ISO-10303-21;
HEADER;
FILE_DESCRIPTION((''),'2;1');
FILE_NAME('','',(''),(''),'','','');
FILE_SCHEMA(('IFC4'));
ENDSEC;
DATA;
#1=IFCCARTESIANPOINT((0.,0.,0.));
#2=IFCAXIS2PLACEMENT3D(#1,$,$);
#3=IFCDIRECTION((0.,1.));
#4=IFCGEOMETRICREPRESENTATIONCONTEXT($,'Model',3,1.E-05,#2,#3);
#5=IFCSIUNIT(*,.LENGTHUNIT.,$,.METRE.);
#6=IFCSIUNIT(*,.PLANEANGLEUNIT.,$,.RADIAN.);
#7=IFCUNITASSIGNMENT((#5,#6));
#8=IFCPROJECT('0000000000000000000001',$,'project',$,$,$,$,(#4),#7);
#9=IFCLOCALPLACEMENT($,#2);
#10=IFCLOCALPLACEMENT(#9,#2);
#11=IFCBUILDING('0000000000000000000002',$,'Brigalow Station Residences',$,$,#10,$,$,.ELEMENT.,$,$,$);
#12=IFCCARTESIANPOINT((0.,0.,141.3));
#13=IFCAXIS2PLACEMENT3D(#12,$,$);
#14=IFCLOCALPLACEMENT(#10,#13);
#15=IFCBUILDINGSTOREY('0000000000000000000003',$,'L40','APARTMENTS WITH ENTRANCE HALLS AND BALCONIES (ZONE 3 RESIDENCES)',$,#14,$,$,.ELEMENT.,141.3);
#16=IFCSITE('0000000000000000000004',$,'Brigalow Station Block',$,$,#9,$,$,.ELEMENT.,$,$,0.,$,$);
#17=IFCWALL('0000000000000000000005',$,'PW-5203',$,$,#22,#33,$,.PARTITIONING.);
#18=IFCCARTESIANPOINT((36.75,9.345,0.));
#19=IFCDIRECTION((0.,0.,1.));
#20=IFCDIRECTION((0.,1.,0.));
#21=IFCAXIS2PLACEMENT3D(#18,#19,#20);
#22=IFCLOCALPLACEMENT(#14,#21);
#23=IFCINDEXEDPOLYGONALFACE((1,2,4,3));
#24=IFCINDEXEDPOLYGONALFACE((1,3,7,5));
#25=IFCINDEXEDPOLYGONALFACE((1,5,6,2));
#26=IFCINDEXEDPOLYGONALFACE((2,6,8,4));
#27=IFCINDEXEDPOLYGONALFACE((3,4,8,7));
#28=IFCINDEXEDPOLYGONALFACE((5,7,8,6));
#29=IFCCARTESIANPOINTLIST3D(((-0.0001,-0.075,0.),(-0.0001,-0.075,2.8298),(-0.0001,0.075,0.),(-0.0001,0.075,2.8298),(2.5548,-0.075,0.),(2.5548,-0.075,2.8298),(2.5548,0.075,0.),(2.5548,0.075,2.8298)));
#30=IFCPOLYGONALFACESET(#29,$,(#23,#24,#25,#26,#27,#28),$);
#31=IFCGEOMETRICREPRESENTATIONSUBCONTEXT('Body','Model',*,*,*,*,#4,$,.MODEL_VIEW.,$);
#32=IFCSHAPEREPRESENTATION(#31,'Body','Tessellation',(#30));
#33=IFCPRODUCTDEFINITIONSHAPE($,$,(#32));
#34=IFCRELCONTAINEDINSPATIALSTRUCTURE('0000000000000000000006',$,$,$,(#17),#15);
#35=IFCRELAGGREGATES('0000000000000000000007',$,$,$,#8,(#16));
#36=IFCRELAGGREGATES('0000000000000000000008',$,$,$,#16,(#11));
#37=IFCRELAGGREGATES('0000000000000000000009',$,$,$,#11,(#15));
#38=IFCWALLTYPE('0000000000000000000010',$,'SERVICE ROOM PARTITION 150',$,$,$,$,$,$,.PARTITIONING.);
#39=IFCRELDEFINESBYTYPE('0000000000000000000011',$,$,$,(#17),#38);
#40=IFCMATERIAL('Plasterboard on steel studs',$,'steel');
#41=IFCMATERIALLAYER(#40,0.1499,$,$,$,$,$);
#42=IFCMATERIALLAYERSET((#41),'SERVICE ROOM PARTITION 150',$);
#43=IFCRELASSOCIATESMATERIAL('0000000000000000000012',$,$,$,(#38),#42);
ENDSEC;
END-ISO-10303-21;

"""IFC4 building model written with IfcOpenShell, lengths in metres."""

from ifc_helpers import new_model, si_unit, direction, frame, frame_2d, origin, place, context, subcontext, project, spatial, rectangle, extrude, material, layer, layer_set, type_object, element, save


model = new_model("IFC4")

# Units and contexts
model_context = context("Model", 3, precision=1e-05, world=origin(), true_north=direction((0.0, 1.0)))
body_context = subcontext(model_context, "Body", "Model", "MODEL_VIEW")
ifc_project = project(units=[si_unit("LENGTHUNIT", "METRE"), si_unit("PLANEANGLEUNIT", "RADIAN")], contexts=[model_context])

# Site, building, storey
site_placement = place(None, origin())
site = spatial("IfcSite", under=ifc_project, at=site_placement, Name="Brigalow Station Block", CompositionType="ELEMENT", RefElevation=0.0)
building_placement = place(site_placement, origin())
building = spatial("IfcBuilding", under=site, at=building_placement, Name="Brigalow Station Residences", CompositionType="ELEMENT")
storey_placement = place(building_placement, frame((0.0, 0.0, 141.3)))
storey = spatial("IfcBuildingStorey", under=building, at=storey_placement, Name="L40", Description="APARTMENTS WITH ENTRANCE HALLS AND BALCONIES (ZONE 3 RESIDENCES)", CompositionType="ELEMENT", Elevation=141.3)

# Shared definitions
ifc_material_1 = material(Name="Plasterboard on steel studs", Category="steel")
ifc_layer_1 = layer(ifc_material_1, 0.1499)
ifc_layer_set_1 = layer_set([ifc_layer_1], Name="SERVICE ROOM PARTITION 150")
wall_type_1 = type_object("IfcWallType", Name="SERVICE ROOM PARTITION 150", PredefinedType="PARTITIONING", material=ifc_layer_set_1)

# Wall
wall_1_placement = place(storey_placement, frame((36.75, 9.345, 0.0), z_axis=(0.0, 0.0, 1.0), x_axis=(0.0, 1.0, 0.0)))
element("IfcWall", 1, at=wall_1_placement, inside=storey, type_object=wall_type_1, Name="PW-5203", PredefinedType="PARTITIONING", context=body_context, shape_type="SweptSolid", body=[
    extrude(rectangle(XDim=2.5549, YDim=0.1499, at=frame_2d((1.2773, 0.0))), origin(), (0.0, 0.0, 1.0), 2.8298),
])

save(model, "model.ifc")
